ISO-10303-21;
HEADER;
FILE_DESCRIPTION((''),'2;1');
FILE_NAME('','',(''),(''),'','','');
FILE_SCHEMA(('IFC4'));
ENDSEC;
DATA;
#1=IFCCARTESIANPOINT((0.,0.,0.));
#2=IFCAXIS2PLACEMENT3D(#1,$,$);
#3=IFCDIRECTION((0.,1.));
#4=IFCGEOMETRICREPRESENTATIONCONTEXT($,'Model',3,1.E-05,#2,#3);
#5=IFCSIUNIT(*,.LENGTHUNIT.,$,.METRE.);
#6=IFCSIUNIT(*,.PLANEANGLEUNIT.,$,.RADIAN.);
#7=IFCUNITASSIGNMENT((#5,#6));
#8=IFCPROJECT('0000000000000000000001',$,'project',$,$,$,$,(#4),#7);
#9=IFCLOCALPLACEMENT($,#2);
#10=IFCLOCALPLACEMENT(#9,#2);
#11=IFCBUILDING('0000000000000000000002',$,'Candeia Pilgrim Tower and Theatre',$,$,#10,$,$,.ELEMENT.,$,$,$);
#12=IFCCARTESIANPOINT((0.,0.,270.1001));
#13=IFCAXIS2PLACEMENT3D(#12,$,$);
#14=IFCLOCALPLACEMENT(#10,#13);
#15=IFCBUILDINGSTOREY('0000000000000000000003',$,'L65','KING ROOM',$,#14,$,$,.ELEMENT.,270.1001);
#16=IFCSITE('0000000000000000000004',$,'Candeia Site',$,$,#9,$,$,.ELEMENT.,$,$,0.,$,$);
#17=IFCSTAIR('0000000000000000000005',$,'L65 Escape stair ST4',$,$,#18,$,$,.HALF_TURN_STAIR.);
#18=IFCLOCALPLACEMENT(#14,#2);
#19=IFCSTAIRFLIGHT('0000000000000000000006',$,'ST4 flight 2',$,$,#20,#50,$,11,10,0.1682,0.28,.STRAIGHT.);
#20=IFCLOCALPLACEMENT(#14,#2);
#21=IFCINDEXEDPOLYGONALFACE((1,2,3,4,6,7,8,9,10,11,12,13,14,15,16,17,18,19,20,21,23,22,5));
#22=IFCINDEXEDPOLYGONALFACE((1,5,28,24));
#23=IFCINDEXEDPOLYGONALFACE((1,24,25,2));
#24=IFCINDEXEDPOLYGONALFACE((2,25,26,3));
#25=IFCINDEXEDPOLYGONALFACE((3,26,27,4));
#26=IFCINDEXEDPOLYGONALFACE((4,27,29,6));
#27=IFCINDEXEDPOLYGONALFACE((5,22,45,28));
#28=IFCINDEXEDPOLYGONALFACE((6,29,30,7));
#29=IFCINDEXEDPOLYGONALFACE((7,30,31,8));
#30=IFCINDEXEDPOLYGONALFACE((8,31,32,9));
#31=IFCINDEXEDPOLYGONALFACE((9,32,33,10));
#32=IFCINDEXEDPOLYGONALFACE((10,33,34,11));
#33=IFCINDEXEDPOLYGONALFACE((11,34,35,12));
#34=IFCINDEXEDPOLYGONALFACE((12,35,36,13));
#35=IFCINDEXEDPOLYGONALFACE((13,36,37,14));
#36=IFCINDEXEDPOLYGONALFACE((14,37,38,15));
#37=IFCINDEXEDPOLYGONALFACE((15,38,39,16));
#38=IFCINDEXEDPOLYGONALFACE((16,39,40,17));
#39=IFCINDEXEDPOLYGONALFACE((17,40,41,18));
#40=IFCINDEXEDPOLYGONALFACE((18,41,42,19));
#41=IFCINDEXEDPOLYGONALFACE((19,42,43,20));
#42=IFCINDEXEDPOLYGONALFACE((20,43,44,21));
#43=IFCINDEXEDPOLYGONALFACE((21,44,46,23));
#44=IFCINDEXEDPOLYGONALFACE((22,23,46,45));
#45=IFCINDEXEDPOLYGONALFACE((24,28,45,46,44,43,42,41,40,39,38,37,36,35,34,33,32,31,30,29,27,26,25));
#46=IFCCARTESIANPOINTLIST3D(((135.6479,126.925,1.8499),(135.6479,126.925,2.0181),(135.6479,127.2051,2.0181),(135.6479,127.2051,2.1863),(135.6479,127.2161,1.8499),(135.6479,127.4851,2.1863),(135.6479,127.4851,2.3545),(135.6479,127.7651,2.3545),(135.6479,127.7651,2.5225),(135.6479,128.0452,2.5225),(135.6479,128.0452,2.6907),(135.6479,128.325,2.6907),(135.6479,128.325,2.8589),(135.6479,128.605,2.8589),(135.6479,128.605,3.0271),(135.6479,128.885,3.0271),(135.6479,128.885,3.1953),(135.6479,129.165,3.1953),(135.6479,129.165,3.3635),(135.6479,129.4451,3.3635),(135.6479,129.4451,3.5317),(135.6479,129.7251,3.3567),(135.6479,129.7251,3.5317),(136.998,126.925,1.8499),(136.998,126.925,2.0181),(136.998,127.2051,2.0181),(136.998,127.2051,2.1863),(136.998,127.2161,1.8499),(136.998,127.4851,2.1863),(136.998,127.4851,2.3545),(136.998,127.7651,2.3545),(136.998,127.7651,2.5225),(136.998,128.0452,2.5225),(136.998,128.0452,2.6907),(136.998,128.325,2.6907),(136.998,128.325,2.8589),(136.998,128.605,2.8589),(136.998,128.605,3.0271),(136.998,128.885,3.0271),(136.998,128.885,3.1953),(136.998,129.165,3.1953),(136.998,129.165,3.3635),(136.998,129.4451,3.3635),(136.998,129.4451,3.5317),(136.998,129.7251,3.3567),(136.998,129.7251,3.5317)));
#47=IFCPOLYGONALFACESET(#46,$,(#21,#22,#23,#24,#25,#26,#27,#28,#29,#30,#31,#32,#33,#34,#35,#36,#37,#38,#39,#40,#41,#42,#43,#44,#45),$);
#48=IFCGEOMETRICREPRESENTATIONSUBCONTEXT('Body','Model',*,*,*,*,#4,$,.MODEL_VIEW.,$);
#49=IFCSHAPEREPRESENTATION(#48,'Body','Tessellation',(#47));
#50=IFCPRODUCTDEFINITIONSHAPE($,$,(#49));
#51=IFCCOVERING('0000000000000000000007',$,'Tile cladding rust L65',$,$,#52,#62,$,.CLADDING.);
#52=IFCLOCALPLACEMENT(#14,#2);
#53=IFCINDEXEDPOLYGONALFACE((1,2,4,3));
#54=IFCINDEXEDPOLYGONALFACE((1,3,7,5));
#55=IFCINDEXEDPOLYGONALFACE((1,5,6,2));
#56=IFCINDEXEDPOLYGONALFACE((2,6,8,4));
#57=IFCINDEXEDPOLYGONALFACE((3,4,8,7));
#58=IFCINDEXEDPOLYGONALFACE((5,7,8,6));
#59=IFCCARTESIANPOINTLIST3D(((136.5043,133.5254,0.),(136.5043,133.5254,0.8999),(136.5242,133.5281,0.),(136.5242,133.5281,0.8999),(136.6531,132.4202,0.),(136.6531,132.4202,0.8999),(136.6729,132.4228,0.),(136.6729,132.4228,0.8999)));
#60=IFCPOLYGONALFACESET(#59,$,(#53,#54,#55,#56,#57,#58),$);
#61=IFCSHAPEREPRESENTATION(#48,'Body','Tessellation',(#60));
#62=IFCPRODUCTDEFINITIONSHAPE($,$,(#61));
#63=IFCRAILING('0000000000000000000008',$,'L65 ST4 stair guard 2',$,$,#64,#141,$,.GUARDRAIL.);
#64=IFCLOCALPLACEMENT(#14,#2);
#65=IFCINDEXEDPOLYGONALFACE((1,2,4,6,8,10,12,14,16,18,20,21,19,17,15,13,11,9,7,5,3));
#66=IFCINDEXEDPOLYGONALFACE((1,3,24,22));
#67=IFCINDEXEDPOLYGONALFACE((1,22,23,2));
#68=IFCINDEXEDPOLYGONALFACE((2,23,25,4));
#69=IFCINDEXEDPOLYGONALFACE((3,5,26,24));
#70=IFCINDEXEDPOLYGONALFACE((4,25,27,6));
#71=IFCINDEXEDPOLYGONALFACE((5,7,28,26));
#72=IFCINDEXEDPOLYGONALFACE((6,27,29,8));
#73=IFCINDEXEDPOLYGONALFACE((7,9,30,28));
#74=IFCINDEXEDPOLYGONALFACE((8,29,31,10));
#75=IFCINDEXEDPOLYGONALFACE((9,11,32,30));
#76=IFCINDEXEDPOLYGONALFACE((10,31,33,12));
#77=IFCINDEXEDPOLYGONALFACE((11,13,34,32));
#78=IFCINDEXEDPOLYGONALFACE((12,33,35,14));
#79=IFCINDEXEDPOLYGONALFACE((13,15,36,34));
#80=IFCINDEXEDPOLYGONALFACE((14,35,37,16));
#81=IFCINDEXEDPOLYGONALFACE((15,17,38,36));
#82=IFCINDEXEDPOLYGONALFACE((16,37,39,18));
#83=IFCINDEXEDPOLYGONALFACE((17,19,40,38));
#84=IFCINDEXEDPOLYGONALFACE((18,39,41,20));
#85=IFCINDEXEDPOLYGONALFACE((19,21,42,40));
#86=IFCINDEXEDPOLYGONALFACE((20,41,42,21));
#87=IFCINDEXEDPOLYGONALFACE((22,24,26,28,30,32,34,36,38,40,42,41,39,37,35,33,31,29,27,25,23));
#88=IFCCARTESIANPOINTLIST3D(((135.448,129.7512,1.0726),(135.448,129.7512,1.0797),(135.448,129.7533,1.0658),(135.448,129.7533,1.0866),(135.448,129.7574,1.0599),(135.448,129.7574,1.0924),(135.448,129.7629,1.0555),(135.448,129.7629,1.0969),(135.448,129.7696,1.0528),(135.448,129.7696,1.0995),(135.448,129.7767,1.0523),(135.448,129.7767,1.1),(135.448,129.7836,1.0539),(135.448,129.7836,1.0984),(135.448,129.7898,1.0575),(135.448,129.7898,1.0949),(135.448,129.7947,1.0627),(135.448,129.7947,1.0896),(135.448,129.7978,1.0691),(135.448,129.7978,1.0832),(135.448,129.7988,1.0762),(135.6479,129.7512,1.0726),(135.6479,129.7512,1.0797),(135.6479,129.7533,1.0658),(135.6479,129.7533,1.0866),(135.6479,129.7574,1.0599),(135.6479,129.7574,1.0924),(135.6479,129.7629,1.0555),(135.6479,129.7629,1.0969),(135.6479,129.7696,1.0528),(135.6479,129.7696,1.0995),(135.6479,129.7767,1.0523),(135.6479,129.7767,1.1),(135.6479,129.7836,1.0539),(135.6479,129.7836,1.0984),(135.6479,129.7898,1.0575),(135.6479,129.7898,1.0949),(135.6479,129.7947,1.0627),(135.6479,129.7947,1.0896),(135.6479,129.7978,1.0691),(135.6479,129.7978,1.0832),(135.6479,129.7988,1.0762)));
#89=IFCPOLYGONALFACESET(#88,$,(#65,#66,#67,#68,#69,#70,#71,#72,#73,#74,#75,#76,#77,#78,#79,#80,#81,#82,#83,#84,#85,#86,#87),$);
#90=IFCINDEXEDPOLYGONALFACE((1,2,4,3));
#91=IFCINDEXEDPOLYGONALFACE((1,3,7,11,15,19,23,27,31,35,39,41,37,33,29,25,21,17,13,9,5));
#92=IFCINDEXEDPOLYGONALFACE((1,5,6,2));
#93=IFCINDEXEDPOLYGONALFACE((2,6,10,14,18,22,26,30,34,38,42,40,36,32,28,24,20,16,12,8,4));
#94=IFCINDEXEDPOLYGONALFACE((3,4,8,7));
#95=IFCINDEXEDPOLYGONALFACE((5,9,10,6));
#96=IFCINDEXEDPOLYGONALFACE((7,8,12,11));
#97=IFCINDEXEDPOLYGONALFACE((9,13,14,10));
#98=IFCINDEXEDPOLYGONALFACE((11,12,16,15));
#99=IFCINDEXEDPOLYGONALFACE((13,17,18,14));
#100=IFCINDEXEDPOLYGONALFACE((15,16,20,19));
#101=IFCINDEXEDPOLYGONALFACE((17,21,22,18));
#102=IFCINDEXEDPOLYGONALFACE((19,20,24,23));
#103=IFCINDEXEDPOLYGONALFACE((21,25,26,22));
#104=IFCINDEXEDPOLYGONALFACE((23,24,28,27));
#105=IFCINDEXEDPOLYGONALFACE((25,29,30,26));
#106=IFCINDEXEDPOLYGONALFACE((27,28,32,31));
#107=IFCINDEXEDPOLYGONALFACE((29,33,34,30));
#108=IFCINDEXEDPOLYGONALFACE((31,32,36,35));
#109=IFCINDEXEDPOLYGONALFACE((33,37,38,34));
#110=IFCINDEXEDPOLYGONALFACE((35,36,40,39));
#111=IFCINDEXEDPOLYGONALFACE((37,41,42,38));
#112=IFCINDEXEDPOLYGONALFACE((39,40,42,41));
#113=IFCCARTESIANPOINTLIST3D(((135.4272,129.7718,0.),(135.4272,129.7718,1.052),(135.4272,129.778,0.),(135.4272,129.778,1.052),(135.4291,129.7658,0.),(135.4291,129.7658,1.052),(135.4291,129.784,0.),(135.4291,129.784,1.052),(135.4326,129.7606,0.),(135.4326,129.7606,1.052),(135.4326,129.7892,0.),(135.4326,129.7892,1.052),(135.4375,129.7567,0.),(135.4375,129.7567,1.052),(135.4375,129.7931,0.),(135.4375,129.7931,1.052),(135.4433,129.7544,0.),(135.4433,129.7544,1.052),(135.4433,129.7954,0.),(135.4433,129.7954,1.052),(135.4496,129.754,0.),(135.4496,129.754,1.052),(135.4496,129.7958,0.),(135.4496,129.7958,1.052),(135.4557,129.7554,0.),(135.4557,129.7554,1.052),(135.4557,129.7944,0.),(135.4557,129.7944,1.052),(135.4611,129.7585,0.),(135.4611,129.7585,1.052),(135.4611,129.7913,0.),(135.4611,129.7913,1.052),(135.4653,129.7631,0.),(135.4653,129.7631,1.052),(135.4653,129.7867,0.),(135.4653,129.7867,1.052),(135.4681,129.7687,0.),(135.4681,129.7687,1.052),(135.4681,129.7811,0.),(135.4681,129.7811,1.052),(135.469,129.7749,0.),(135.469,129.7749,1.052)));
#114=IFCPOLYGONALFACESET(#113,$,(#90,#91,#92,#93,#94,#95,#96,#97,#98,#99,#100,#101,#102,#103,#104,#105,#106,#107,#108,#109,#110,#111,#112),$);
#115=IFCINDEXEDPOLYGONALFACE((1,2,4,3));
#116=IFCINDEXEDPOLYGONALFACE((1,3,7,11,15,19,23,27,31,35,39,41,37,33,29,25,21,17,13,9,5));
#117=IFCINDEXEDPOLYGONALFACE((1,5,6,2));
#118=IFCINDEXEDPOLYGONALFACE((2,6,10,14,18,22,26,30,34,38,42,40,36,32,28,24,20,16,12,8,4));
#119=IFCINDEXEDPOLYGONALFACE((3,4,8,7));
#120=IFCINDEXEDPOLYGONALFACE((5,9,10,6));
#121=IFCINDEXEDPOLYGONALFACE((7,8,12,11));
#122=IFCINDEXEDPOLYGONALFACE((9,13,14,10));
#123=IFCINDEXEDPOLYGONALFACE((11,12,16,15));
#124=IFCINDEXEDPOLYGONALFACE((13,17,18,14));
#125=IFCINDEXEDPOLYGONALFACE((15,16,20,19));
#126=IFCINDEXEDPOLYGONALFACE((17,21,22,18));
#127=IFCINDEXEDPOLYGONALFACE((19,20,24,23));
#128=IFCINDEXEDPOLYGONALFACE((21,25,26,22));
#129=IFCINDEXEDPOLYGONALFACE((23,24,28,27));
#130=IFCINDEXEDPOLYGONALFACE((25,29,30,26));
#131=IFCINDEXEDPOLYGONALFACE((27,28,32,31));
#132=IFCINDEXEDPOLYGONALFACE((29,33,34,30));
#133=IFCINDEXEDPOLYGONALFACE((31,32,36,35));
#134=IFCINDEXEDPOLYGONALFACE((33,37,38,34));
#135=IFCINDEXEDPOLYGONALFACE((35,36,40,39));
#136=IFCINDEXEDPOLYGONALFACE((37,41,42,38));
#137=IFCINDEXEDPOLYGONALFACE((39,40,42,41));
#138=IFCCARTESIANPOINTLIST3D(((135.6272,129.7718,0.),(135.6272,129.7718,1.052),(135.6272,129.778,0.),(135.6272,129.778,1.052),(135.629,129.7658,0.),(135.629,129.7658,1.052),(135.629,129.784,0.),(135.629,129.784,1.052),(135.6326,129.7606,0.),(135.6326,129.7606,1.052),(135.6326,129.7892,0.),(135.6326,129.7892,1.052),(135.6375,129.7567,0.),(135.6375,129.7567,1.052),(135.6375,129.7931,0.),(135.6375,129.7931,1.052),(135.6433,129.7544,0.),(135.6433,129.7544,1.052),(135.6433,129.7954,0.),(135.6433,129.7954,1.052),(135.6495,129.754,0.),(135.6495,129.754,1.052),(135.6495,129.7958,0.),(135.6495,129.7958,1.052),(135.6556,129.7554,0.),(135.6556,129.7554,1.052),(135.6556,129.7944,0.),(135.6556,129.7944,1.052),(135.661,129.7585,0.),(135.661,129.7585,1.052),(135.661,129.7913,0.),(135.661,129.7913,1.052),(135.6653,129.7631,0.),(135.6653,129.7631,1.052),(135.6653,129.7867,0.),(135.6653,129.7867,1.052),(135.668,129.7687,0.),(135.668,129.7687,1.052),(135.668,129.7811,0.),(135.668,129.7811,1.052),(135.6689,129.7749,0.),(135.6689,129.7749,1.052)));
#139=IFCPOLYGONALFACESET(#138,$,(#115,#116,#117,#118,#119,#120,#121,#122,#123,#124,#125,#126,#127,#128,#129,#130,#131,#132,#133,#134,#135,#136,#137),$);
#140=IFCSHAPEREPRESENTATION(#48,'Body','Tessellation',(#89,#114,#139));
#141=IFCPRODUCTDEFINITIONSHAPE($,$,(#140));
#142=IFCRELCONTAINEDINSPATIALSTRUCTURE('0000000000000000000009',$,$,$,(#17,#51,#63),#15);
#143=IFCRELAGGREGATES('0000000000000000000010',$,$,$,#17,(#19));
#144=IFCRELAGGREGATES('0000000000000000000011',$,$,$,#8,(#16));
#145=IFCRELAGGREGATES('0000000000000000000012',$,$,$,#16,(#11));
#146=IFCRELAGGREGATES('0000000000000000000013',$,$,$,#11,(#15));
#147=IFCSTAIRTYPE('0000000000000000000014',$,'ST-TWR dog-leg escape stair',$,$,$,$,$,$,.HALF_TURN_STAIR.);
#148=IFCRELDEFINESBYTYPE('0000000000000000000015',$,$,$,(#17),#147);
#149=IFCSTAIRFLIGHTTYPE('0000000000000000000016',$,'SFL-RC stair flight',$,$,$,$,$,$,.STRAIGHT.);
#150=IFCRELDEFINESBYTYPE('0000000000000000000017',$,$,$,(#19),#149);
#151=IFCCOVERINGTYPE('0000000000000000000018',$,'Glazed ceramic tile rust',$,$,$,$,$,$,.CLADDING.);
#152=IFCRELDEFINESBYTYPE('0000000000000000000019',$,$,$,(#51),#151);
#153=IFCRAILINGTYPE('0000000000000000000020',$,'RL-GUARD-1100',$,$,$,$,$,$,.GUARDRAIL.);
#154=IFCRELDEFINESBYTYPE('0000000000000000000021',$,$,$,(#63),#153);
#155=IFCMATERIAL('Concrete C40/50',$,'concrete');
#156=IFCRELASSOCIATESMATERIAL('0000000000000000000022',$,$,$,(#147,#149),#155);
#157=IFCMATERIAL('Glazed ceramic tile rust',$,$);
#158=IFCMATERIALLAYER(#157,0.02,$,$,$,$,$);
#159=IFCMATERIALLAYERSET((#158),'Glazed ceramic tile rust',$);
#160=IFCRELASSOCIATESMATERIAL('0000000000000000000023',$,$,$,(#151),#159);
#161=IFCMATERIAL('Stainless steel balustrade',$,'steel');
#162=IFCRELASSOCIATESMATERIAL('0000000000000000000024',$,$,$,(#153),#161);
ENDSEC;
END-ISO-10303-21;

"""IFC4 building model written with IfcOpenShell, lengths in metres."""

from ifc_helpers import new_model, si_unit, direction, frame, origin, origin_2d, place, context, subcontext, project, spatial, polyline, rectangle, circle, outline, extrude, material, layer, layer_set, type_object, element, aggregate, save


model = new_model("IFC4")

# Units and contexts
model_context = context("Model", 3, precision=1e-05, world=origin(), true_north=direction((0.0, 1.0)))
body_context = subcontext(model_context, "Body", "Model", "MODEL_VIEW")
ifc_project = project(units=[si_unit("LENGTHUNIT", "METRE"), si_unit("PLANEANGLEUNIT", "RADIAN")], contexts=[model_context])

# Site, building, storey
site_placement = place(None, origin())
site = spatial("IfcSite", under=ifc_project, at=site_placement, Name="Candeia Site", CompositionType="ELEMENT", RefElevation=0.0)
building_placement = place(site_placement, origin())
building = spatial("IfcBuilding", under=site, at=building_placement, Name="Candeia Pilgrim Tower and Theatre", CompositionType="ELEMENT")
storey_placement = place(building_placement, frame((0.0, 0.0, 270.1001)))
storey = spatial("IfcBuildingStorey", under=building, at=storey_placement, Name="L65", Description="KING ROOM", CompositionType="ELEMENT", Elevation=270.1001)

# Shared definitions
ifc_material_1 = material(Name="Concrete C40/50", Category="concrete")

# Stair, stair flight
stair_type = type_object("IfcStairType", Name="ST-TWR dog-leg escape stair", PredefinedType="HALF_TURN_STAIR", material=ifc_material_1)
stair_placement = place(storey_placement, origin())
stair = element("IfcStair", 1, at=stair_placement, inside=storey, type_object=stair_type, Name="L65 Escape stair ST4", PredefinedType="HALF_TURN_STAIR")
stair_flight_type = type_object("IfcStairFlightType", Name="SFL-RC stair flight", PredefinedType="STRAIGHT", material=ifc_material_1)
stair_flight_1_placement = place(storey_placement, frame((136.323, 126.925, 1.8499), z_axis=(0.0, 0.0, 1.0), x_axis=(0.0, 1.0, 0.0)))
stair_flight_1 = element("IfcStairFlight", 2, at=stair_flight_1_placement, type_object=stair_flight_type, Name="ST4 flight 2", NumberOfRisers=11, NumberOfTreads=10, PredefinedType="STRAIGHT", RiserHeight=0.1682, TreadLength=0.28, context=body_context, shape_type="SweptSolid", body=[
    extrude(outline(polyline([(0.0, 0.0), (0.0, 0.1682), (0.28, 0.1682), (0.28, 0.3364), (0.5601, 0.3364), (0.5601, 0.5046), (0.8401, 0.5046), (0.8401, 0.6726), (1.1201, 0.6726), (1.1201, 0.8408), (1.3999, 0.8408), (1.3999, 1.009), (1.6799, 1.009), (1.6799, 1.1772), (1.96, 1.1772), (1.96, 1.3455), (2.24, 1.3455), (2.24, 1.5137), (2.52, 1.5137), (2.52, 1.6819), (2.8, 1.6819), (2.8, 1.8501), (2.8, 1.5068), (0.291, 0.0), (0.0, 0.0)])), frame((0.0, 0.675, 0.0), z_axis=(0.0, -1.0, 0.0), x_axis=(1.0, 0.0, 0.0)), (0.0, 0.0, 1.0), 1.3501),
])
aggregate(stair, [stair_flight_1])

# Covering
ifc_material_2 = material(Name="Glazed ceramic tile rust")
ifc_layer_1 = layer(ifc_material_2, 0.02)
ifc_layer_set_1 = layer_set([ifc_layer_1], Name="Glazed ceramic tile rust")
covering_type = type_object("IfcCoveringType", Name="Glazed ceramic tile rust", PredefinedType="CLADDING", material=ifc_layer_set_1)
covering_placement = place(storey_placement, frame((136.5886, 132.9741, 0.0), z_axis=(0.0, 0.0, 1.0), x_axis=(-0.133412, 0.991061, 0.0)))
element("IfcCovering", 3, at=covering_placement, inside=storey, type_object=covering_type, Name="Tile cladding rust L65", PredefinedType="CLADDING", context=body_context, shape_type="SweptSolid", body=[
    extrude(rectangle(XDim=1.1152, YDim=0.02, at=origin_2d()), origin(), (0.0, 0.0, 1.0), 0.8999),
])

# Railing
ifc_material_3 = material(Name="Stainless steel balustrade", Category="steel")
railing_type_1 = type_object("IfcRailingType", Name="RL-GUARD-1100", PredefinedType="GUARDRAIL", material=ifc_material_3)
railing_1_placement = place(storey_placement, frame((135.448, 129.7749, 0.0)))
element("IfcRailing", 4, at=railing_1_placement, inside=storey, type_object=railing_type_1, Name="L65 ST4 stair guard 2", PredefinedType="GUARDRAIL", context=body_context, shape_type="SweptSolid", body=[
    extrude(circle(Radius=0.0239, at=origin_2d()), frame((0.0, 0.0, 1.0762), z_axis=(1.0, 0.0, 0.0), x_axis=(0.0, 1.0, 0.0)), (0.0, 0.0, 1.0), 0.2),
    extrude(circle(Radius=0.021, at=origin_2d()), origin(), (0.0, 0.0, 1.0), 1.052),
    extrude(circle(Radius=0.021, at=origin_2d()), frame((0.2, 0.0, 0.0)), (0.0, 0.0, 1.0), 1.052),
])

save(model, "model.ifc")
